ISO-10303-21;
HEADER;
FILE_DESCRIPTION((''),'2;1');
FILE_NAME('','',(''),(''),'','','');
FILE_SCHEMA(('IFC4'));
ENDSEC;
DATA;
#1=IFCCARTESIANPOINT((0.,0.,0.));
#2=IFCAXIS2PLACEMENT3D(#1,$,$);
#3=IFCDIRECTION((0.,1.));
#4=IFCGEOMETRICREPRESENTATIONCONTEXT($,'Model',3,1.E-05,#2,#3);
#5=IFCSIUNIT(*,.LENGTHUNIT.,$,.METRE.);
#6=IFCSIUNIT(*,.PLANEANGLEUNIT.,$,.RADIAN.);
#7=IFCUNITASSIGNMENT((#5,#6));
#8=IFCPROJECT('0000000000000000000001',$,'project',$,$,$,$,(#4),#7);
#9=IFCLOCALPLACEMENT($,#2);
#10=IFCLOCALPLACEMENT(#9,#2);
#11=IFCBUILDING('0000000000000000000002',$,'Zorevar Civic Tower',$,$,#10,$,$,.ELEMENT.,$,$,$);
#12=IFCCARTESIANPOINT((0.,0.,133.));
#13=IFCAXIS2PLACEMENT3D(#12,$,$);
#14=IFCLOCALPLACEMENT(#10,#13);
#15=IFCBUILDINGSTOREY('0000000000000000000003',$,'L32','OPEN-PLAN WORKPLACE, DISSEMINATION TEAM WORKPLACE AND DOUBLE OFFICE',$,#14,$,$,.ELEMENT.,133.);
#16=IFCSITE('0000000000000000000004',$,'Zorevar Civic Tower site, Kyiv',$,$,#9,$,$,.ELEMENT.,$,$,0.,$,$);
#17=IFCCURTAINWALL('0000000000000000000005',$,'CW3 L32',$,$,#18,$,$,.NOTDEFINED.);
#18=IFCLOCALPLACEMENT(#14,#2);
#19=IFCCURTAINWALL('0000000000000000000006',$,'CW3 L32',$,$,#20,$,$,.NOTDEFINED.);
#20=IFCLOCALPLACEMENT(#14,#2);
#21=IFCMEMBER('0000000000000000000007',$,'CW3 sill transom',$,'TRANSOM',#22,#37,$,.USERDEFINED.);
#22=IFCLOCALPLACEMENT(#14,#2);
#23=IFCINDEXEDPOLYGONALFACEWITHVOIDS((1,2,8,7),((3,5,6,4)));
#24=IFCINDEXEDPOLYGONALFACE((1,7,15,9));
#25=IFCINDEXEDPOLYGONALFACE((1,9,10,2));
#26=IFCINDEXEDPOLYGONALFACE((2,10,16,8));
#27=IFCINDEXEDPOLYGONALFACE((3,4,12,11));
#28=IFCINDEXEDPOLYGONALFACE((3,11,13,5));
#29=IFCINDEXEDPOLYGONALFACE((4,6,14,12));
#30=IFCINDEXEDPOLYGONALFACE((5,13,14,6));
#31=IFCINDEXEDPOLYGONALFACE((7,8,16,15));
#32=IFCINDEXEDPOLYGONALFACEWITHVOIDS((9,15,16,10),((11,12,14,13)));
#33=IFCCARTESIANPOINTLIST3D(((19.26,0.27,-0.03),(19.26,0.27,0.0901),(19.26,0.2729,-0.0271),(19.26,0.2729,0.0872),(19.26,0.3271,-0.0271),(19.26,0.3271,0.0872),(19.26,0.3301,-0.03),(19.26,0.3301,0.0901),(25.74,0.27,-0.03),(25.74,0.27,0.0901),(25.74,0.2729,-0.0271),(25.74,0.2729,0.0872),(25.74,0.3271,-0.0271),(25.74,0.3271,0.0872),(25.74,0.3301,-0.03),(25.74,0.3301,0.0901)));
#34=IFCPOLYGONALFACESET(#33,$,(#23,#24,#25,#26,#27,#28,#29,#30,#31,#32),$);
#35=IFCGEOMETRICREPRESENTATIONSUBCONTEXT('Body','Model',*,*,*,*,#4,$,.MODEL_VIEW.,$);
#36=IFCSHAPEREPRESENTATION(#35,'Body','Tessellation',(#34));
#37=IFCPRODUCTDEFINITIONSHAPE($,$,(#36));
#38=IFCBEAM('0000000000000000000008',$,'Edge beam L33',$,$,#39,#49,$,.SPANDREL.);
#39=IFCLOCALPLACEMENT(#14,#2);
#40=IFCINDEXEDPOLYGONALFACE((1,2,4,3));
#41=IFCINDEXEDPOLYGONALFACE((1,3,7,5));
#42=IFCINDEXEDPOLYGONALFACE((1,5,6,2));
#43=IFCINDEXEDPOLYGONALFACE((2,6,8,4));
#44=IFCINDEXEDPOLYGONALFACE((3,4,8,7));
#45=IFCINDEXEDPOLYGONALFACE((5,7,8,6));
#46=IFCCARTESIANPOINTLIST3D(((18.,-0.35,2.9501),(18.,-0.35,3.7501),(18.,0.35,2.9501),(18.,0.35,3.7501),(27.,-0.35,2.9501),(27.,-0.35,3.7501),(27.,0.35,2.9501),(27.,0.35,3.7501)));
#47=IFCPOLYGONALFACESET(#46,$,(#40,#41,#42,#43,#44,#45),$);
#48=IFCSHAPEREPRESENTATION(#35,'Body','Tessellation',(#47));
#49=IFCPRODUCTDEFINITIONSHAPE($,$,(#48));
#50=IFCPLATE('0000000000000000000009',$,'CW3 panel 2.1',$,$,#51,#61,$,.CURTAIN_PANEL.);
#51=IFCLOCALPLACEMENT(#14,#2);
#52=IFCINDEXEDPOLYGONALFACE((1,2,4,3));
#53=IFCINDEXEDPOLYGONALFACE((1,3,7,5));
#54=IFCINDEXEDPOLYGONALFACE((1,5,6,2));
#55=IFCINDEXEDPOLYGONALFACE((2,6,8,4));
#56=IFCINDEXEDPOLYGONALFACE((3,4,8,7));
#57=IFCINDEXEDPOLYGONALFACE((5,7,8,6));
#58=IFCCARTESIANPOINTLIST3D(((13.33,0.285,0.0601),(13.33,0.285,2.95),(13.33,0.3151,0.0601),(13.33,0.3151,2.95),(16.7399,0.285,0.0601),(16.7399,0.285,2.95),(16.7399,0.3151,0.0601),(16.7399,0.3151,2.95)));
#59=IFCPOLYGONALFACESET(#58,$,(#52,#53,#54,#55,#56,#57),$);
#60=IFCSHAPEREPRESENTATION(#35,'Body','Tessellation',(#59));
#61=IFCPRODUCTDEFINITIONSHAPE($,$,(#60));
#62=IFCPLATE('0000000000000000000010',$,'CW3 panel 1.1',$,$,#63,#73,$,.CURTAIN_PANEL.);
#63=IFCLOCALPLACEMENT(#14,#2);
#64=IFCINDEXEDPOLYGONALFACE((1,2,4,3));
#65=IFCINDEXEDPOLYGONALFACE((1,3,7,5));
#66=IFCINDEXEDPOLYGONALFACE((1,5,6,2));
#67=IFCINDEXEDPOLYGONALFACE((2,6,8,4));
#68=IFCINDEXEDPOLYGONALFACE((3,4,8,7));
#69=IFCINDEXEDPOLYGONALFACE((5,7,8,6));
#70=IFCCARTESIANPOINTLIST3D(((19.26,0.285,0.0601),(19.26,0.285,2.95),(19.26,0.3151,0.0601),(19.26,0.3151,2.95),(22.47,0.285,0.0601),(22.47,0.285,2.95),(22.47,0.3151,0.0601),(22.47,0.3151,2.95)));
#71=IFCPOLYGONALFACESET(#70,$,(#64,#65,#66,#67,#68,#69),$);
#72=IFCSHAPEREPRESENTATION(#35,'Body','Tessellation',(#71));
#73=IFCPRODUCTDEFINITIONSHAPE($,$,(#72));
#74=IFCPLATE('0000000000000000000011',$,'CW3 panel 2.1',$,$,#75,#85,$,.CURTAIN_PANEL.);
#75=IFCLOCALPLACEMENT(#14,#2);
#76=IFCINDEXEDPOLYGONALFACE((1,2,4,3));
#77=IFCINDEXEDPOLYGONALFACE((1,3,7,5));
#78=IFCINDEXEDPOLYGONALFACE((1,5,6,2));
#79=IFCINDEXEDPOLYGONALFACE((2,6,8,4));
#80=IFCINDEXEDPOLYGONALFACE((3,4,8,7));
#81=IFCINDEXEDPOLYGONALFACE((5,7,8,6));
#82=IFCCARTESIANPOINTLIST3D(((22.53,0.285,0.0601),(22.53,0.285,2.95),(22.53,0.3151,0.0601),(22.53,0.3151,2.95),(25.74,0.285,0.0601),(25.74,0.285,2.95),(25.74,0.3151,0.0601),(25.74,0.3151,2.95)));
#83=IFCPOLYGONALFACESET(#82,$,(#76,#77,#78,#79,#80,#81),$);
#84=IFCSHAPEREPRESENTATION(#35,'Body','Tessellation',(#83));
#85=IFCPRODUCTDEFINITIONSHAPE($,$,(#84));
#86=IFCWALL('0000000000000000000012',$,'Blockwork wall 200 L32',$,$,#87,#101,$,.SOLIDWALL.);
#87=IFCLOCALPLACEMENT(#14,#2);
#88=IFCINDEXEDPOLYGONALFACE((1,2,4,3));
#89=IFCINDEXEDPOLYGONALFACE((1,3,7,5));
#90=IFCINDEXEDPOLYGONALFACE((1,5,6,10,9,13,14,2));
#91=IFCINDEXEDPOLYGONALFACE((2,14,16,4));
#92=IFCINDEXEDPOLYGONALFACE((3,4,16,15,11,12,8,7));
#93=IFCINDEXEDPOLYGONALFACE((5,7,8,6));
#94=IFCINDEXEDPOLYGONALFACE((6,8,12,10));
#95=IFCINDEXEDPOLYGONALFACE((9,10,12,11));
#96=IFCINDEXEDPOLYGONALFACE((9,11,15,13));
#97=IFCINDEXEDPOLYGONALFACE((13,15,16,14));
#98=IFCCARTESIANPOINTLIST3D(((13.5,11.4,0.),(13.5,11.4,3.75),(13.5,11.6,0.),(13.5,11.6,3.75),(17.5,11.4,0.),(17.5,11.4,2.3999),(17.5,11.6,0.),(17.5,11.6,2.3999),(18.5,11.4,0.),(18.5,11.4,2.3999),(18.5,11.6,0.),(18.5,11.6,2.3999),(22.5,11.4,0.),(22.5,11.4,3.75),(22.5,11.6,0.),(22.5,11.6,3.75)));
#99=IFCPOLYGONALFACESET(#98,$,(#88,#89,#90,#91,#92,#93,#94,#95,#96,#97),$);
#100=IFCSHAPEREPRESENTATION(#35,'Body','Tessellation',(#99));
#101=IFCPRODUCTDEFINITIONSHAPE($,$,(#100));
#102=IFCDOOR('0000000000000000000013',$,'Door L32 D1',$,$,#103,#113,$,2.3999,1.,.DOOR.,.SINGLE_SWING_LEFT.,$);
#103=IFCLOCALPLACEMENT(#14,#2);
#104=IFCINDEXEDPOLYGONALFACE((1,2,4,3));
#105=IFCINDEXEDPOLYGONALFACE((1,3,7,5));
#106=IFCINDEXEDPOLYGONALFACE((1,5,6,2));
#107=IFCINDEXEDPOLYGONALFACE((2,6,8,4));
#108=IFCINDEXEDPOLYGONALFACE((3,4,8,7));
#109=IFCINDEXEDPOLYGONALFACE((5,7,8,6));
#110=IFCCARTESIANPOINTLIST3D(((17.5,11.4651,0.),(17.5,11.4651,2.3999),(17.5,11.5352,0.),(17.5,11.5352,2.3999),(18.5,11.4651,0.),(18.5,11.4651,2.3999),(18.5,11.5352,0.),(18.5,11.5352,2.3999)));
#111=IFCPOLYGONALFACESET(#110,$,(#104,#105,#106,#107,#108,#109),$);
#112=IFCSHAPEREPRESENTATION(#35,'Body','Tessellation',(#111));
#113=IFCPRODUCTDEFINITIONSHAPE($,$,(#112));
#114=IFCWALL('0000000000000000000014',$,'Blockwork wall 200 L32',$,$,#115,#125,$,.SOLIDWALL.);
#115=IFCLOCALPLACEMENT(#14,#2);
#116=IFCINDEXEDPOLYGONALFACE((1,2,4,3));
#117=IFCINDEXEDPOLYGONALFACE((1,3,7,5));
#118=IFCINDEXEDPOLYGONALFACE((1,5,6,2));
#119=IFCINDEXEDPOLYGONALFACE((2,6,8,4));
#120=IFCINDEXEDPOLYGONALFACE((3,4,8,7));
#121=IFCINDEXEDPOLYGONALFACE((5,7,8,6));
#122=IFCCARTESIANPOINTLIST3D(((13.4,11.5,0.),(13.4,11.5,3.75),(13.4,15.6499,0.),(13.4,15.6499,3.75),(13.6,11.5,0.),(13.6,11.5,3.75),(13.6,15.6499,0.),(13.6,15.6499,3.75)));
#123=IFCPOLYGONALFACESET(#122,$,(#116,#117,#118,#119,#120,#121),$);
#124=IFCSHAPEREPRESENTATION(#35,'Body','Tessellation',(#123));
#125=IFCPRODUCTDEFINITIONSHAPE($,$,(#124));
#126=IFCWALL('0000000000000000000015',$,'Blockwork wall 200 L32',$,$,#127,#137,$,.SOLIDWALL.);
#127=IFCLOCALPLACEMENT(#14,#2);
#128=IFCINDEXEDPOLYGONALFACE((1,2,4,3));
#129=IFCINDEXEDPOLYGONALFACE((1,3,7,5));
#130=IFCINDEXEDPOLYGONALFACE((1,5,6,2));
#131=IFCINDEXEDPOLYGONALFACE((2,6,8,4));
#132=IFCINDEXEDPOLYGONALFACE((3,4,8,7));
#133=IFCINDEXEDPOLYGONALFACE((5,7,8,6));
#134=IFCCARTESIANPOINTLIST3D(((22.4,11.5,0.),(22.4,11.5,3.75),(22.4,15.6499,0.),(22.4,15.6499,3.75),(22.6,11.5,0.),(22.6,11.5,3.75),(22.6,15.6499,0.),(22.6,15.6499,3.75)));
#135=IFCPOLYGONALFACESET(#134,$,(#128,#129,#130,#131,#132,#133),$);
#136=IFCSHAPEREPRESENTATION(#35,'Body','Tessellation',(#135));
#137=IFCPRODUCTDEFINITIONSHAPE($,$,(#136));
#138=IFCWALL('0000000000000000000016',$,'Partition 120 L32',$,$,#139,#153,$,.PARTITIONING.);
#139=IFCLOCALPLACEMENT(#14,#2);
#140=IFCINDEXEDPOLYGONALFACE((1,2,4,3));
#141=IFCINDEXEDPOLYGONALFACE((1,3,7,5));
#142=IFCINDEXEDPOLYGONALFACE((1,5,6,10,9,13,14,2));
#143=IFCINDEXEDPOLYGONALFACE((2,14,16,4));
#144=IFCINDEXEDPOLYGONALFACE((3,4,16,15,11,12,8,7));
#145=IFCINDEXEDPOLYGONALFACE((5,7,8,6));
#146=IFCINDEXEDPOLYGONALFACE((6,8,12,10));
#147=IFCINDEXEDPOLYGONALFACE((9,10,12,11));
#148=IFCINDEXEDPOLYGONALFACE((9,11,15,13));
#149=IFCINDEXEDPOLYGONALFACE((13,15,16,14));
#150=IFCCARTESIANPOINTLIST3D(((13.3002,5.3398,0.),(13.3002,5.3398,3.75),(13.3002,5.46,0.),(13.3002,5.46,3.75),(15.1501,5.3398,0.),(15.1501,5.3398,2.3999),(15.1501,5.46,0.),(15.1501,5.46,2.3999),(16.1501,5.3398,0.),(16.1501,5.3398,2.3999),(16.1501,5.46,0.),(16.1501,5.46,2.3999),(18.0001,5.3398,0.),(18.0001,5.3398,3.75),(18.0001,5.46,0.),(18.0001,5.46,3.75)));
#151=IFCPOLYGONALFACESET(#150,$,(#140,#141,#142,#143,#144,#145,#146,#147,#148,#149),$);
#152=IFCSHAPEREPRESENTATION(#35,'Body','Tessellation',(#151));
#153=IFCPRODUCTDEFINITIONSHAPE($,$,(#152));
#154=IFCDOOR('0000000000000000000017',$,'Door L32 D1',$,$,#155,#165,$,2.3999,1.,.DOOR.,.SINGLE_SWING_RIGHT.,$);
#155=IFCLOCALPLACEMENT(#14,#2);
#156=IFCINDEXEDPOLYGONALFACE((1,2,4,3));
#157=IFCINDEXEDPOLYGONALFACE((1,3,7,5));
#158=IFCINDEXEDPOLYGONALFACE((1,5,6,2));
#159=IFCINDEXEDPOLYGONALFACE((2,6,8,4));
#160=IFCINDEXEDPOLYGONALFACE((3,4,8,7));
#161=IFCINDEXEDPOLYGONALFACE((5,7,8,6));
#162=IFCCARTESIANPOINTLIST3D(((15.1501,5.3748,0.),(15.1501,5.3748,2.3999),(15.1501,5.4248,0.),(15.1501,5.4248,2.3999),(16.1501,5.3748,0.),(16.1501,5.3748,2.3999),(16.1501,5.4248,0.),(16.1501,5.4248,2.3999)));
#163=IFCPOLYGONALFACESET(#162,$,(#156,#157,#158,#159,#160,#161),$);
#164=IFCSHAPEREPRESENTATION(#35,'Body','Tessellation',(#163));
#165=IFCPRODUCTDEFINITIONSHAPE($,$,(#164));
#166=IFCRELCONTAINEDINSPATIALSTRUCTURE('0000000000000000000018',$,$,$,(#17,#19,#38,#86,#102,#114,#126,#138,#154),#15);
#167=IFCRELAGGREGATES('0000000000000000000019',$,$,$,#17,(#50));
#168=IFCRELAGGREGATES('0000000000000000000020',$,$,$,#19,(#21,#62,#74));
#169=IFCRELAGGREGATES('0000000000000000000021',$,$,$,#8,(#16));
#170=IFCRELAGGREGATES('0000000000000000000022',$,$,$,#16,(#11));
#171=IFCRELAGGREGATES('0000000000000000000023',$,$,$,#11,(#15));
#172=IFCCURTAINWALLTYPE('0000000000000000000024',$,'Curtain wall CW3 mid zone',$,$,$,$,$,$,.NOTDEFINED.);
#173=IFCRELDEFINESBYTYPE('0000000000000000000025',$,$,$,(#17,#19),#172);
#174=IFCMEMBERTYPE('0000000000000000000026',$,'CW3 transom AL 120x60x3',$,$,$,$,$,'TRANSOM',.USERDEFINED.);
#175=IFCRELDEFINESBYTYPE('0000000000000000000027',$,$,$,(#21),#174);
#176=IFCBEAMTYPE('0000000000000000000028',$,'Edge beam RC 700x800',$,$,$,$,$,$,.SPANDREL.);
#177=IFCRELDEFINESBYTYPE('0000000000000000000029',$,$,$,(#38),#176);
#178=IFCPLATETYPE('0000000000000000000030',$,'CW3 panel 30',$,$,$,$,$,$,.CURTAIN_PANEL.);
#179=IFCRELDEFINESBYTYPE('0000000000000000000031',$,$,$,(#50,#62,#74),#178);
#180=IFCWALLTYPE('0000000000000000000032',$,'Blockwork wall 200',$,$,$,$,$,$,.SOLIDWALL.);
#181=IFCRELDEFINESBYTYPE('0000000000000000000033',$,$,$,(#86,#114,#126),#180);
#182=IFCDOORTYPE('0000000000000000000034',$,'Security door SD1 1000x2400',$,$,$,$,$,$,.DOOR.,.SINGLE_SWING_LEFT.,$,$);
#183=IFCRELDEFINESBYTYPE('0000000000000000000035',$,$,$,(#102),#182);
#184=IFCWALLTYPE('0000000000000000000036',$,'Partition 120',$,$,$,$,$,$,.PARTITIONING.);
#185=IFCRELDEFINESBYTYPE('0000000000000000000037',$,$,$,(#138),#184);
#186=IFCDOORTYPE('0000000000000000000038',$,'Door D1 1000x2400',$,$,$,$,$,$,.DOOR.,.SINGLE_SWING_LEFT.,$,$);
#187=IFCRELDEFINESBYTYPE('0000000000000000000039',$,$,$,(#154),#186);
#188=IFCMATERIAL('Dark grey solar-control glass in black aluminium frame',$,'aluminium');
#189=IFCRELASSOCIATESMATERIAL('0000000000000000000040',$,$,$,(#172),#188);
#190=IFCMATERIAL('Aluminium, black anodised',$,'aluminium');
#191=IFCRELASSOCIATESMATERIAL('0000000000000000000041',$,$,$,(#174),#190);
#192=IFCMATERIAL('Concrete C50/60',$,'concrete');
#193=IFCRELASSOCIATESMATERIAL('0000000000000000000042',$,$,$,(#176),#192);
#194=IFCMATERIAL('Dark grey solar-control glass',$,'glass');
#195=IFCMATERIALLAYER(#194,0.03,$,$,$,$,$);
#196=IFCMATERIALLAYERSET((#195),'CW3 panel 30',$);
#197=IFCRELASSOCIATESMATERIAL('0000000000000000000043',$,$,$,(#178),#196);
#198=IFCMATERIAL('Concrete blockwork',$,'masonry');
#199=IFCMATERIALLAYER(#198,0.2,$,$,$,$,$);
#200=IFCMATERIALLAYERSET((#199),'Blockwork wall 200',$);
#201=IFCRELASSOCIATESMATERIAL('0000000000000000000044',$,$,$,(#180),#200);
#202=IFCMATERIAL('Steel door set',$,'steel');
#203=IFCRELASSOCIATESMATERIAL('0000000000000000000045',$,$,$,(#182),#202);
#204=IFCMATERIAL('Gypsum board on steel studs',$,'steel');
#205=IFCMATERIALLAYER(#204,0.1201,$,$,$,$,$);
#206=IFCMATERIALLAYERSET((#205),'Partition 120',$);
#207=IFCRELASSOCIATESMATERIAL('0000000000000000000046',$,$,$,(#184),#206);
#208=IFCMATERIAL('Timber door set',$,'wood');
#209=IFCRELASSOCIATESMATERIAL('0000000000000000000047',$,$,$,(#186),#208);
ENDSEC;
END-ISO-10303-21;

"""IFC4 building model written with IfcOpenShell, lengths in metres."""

from ifc_helpers import new_model, si_unit, direction, frame, frame_2d, origin, origin_2d, place, context, subcontext, project, spatial, rectangle, hollow_rectangle, extrude, material, layer, layer_set, material_profile, profile_set, type_object, element, fill, aggregate, save


model = new_model("IFC4")

# Units and contexts
model_context = context("Model", 3, precision=1e-05, world=origin(), true_north=direction((0.0, 1.0)))
body_context = subcontext(model_context, "Body", "Model", "MODEL_VIEW")
ifc_project = project(units=[si_unit("LENGTHUNIT", "METRE"), si_unit("PLANEANGLEUNIT", "RADIAN")], contexts=[model_context])

# Site, building, storey
site_placement = place(None, origin())
site = spatial("IfcSite", under=ifc_project, at=site_placement, Name="Zorevar Civic Tower site, Kyiv", CompositionType="ELEMENT", RefElevation=0.0)
building_placement = place(site_placement, origin())
building = spatial("IfcBuilding", under=site, at=building_placement, Name="Zorevar Civic Tower", CompositionType="ELEMENT")
storey_placement = place(building_placement, frame((0.0, 0.0, 133.0)))
storey = spatial("IfcBuildingStorey", under=building, at=storey_placement, Name="L32", Description="OPEN-PLAN WORKPLACE, DISSEMINATION TEAM WORKPLACE AND DOUBLE OFFICE", CompositionType="ELEMENT", Elevation=133.0)

# Curtain wall
ifc_material_1 = material(Name="Dark grey solar-control glass in black aluminium frame", Category="aluminium")
curtain_wall_type = type_object("IfcCurtainWallType", Name="Curtain wall CW3 mid zone", PredefinedType="NOTDEFINED", material=ifc_material_1)
curtain_wall_1_placement = place(storey_placement, origin())
curtain_wall_1 = element("IfcCurtainWall", 1, at=curtain_wall_1_placement, inside=storey, type_object=curtain_wall_type, Name="CW3 L32", PredefinedType="NOTDEFINED")

# Curtain wall, member
curtain_wall_2_placement = place(storey_placement, origin())
curtain_wall_2 = element("IfcCurtainWall", 2, at=curtain_wall_2_placement, inside=storey, type_object=curtain_wall_type, Name="CW3 L32", PredefinedType="NOTDEFINED")
ifc_material_2 = material(Name="Aluminium, black anodised", Category="aluminium")
ifc_material_profile_1 = material_profile(ifc_material_2, hollow_rectangle(XDim=0.0601, YDim=0.1201, WallThickness=0.0029, at=origin_2d()), Name="AL 120x60x3")
ifc_profile_set_1 = profile_set([ifc_material_profile_1], Name="Aluminium, black anodised")
member_type_1 = type_object("IfcMemberType", Name="CW3 transom AL 120x60x3", ElementType="TRANSOM", PredefinedType="USERDEFINED", material=ifc_profile_set_1)
member_1_placement = place(storey_placement, frame((19.26, 0.3, 0.03), z_axis=(1.0, 0.0, 0.0), x_axis=(0.0, 1.0, 0.0)))
member_1 = element("IfcMember", 3, at=member_1_placement, type_object=member_type_1, Name="CW3 sill transom", ObjectType="TRANSOM", PredefinedType="USERDEFINED", context=body_context, shape_type="SweptSolid", body=[
    extrude(hollow_rectangle(XDim=0.0601, YDim=0.1201, WallThickness=0.0029, at=origin_2d()), origin(), (0.0, 0.0, 1.0), 6.48),
])

# Beam
ifc_material_3 = material(Name="Concrete C50/60", Category="concrete")
ifc_material_profile_2 = material_profile(ifc_material_3, rectangle(XDim=0.7, YDim=0.8, at=origin_2d()), Name="RC 700x800")
ifc_profile_set_2 = profile_set([ifc_material_profile_2], Name="Concrete C50/60")
beam_type_1 = type_object("IfcBeamType", Name="Edge beam RC 700x800", PredefinedType="SPANDREL", material=ifc_profile_set_2)
beam_1_placement = place(storey_placement, frame((18.0, 0.0, 3.3501), z_axis=(1.0, 0.0, 0.0), x_axis=(0.0, 1.0, 0.0)))
element("IfcBeam", 4, at=beam_1_placement, inside=storey, type_object=beam_type_1, Name="Edge beam L33", PredefinedType="SPANDREL", context=body_context, shape_type="SweptSolid", body=[
    extrude(rectangle(XDim=0.7, YDim=0.8, at=origin_2d()), origin(), (0.0, 0.0, 1.0), 9.0),
])

# Plates
ifc_material_4 = material(Name="Dark grey solar-control glass", Category="glass")
ifc_layer_1 = layer(ifc_material_4, 0.03)
ifc_layer_set_1 = layer_set([ifc_layer_1], Name="CW3 panel 30")
plate_type = type_object("IfcPlateType", Name="CW3 panel 30", PredefinedType="CURTAIN_PANEL", material=ifc_layer_set_1)
plate_1_placement = place(storey_placement, frame((15.0349, 0.3, 0.0601), z_axis=(0.0, 0.0, 1.0), x_axis=(1.0, 0.0, 0.0)))
plate_1 = element("IfcPlate", 5, at=plate_1_placement, type_object=plate_type, Name="CW3 panel 2.1", PredefinedType="CURTAIN_PANEL", context=body_context, shape_type="SweptSolid", body=[
    extrude(rectangle(XDim=3.4099, YDim=0.03, at=origin_2d()), origin(), (0.0, 0.0, 1.0), 2.8899),
])
aggregate(curtain_wall_1, [plate_1])
plate_2_placement = place(storey_placement, frame((20.865, 0.3, 0.0601), z_axis=(0.0, 0.0, 1.0), x_axis=(1.0, 0.0, 0.0)))
plate_2 = element("IfcPlate", 6, at=plate_2_placement, type_object=plate_type, Name="CW3 panel 1.1", PredefinedType="CURTAIN_PANEL", context=body_context, shape_type="SweptSolid", body=[
    extrude(rectangle(XDim=3.21, YDim=0.03, at=origin_2d()), origin(), (0.0, 0.0, 1.0), 2.8899),
])
plate_3_placement = place(storey_placement, frame((24.135, 0.3, 0.0601), z_axis=(0.0, 0.0, 1.0), x_axis=(1.0, 0.0, 0.0)))
plate_3 = element("IfcPlate", 7, at=plate_3_placement, type_object=plate_type, Name="CW3 panel 2.1", PredefinedType="CURTAIN_PANEL", context=body_context, shape_type="SweptSolid", body=[
    extrude(rectangle(XDim=3.21, YDim=0.03, at=origin_2d()), origin(), (0.0, 0.0, 1.0), 2.8899),
])
aggregate(curtain_wall_2, [member_1, plate_2, plate_3])

# Wall, opening, door
ifc_material_5 = material(Name="Concrete blockwork", Category="masonry")
ifc_layer_2 = layer(ifc_material_5, 0.2)
ifc_layer_set_2 = layer_set([ifc_layer_2], Name="Blockwork wall 200")
wall_type_1 = type_object("IfcWallType", Name="Blockwork wall 200", PredefinedType="SOLIDWALL", material=ifc_layer_set_2)
wall_1_placement = place(storey_placement, frame((13.5, 11.5, 0.0), z_axis=(0.0, 0.0, 1.0), x_axis=(1.0, 0.0, 0.0)))
wall_1 = element("IfcWall", 8, at=wall_1_placement, inside=storey, type_object=wall_type_1, Name="Blockwork wall 200 L32", PredefinedType="SOLIDWALL", context=body_context, shape_type="SweptSolid", body=[
    extrude(rectangle(XDim=9.0, YDim=0.2, at=frame_2d((4.5, 0.0))), origin(), (0.0, 0.0, 1.0), 3.75),
])
opening_1_placement = place(wall_1_placement, frame((4.0, 0.0, 0.0)))
opening_1 = element("IfcOpeningElement", 9, at=opening_1_placement, cuts=wall_1, PredefinedType="OPENING", context=body_context, shape_type="SweptSolid", body=[
    extrude(rectangle(XDim=1.0, YDim=2.3999, at=frame_2d((0.5, 1.2))), frame((0.0, 0.1099, 0.0), z_axis=(0.0, -1.0, 0.0), x_axis=(1.0, 0.0, 0.0)), (0.0, 0.0, 1.0), 0.22),
])
ifc_material_6 = material(Name="Steel door set", Category="steel")
door_type_1 = type_object("IfcDoorType", Name="Security door SD1 1000x2400", OperationType="SINGLE_SWING_LEFT", PredefinedType="DOOR", material=ifc_material_6)
door_1_placement = place(opening_1_placement, origin())
door_1 = element("IfcDoor", 10, at=door_1_placement, inside=storey, type_object=door_type_1, Name="Door L32 D1", OperationType="SINGLE_SWING_LEFT", OverallHeight=2.3999, OverallWidth=1.0, PredefinedType="DOOR", context=body_context, shape_type="SweptSolid", body=[
    extrude(rectangle(XDim=1.0, YDim=2.3999, at=frame_2d((0.5, 1.2))), frame((0.0, 0.0352, 0.0), z_axis=(0.0, -1.0, 0.0), x_axis=(1.0, 0.0, 0.0)), (0.0, 0.0, 1.0), 0.0701),
])
fill(opening_1, door_1)

# Walls
for number, where, z_axis, x_axis, name in (
    (11, (13.5, 11.5, 0.0), (0.0, 0.0, 1.0), (0.0, 1.0, 0.0), "Blockwork wall 200 L32"),
    (12, (22.5, 11.5, 0.0), (0.0, 0.0, 1.0), (0.0, 1.0, 0.0), "Blockwork wall 200 L32"),
):
    element("IfcWall", number, at=place(storey_placement, frame(where, z_axis=z_axis, x_axis=x_axis)), inside=storey, type_object=wall_type_1, Name=name, PredefinedType="SOLIDWALL", context=body_context, shape_type="SweptSolid", body=[
        extrude(rectangle(XDim=4.1499, YDim=0.2, at=frame_2d((2.075, 0.0))), origin(), (0.0, 0.0, 1.0), 3.75),
    ])

# Wall, opening, door
ifc_material_7 = material(Name="Gypsum board on steel studs", Category="steel")
ifc_layer_3 = layer(ifc_material_7, 0.1201)
ifc_layer_set_3 = layer_set([ifc_layer_3], Name="Partition 120")
wall_type_2 = type_object("IfcWallType", Name="Partition 120", PredefinedType="PARTITIONING", material=ifc_layer_set_3)
wall_2_placement = place(storey_placement, frame((13.3, 5.3999, 0.0), z_axis=(0.0, 0.0, 1.0), x_axis=(1.0, 0.0, 0.0)))
wall_2 = element("IfcWall", 13, at=wall_2_placement, inside=storey, type_object=wall_type_2, Name="Partition 120 L32", PredefinedType="PARTITIONING", context=body_context, shape_type="SweptSolid", body=[
    extrude(rectangle(XDim=4.7, YDim=0.1201, at=frame_2d((2.3501, 0.0))), origin(), (0.0, 0.0, 1.0), 3.75),
])
opening_2_placement = place(wall_2_placement, frame((1.8501, 0.0, 0.0)))
opening_2 = element("IfcOpeningElement", 14, at=opening_2_placement, cuts=wall_2, PredefinedType="OPENING", context=body_context, shape_type="SweptSolid", body=[
    extrude(rectangle(XDim=1.0, YDim=2.3999, at=frame_2d((0.5, 1.2))), frame((0.0, 0.0701, 0.0), z_axis=(0.0, -1.0, 0.0), x_axis=(1.0, 0.0, 0.0)), (0.0, 0.0, 1.0), 0.1401),
])
ifc_material_8 = material(Name="Timber door set", Category="wood")
door_type_2 = type_object("IfcDoorType", Name="Door D1 1000x2400", OperationType="SINGLE_SWING_LEFT", PredefinedType="DOOR", material=ifc_material_8)
door_2_placement = place(opening_2_placement, origin())
door_2 = element("IfcDoor", 15, at=door_2_placement, inside=storey, type_object=door_type_2, Name="Door L32 D1", OperationType="SINGLE_SWING_RIGHT", OverallHeight=2.3999, OverallWidth=1.0, PredefinedType="DOOR", context=body_context, shape_type="SweptSolid", body=[
    extrude(rectangle(XDim=1.0, YDim=2.3999, at=frame_2d((0.5, 1.2))), frame((0.0, 0.0249, 0.0), z_axis=(0.0, -1.0, 0.0), x_axis=(1.0, 0.0, 0.0)), (0.0, 0.0, 1.0), 0.05),
])
fill(opening_2, door_2)

save(model, "model.ifc")
